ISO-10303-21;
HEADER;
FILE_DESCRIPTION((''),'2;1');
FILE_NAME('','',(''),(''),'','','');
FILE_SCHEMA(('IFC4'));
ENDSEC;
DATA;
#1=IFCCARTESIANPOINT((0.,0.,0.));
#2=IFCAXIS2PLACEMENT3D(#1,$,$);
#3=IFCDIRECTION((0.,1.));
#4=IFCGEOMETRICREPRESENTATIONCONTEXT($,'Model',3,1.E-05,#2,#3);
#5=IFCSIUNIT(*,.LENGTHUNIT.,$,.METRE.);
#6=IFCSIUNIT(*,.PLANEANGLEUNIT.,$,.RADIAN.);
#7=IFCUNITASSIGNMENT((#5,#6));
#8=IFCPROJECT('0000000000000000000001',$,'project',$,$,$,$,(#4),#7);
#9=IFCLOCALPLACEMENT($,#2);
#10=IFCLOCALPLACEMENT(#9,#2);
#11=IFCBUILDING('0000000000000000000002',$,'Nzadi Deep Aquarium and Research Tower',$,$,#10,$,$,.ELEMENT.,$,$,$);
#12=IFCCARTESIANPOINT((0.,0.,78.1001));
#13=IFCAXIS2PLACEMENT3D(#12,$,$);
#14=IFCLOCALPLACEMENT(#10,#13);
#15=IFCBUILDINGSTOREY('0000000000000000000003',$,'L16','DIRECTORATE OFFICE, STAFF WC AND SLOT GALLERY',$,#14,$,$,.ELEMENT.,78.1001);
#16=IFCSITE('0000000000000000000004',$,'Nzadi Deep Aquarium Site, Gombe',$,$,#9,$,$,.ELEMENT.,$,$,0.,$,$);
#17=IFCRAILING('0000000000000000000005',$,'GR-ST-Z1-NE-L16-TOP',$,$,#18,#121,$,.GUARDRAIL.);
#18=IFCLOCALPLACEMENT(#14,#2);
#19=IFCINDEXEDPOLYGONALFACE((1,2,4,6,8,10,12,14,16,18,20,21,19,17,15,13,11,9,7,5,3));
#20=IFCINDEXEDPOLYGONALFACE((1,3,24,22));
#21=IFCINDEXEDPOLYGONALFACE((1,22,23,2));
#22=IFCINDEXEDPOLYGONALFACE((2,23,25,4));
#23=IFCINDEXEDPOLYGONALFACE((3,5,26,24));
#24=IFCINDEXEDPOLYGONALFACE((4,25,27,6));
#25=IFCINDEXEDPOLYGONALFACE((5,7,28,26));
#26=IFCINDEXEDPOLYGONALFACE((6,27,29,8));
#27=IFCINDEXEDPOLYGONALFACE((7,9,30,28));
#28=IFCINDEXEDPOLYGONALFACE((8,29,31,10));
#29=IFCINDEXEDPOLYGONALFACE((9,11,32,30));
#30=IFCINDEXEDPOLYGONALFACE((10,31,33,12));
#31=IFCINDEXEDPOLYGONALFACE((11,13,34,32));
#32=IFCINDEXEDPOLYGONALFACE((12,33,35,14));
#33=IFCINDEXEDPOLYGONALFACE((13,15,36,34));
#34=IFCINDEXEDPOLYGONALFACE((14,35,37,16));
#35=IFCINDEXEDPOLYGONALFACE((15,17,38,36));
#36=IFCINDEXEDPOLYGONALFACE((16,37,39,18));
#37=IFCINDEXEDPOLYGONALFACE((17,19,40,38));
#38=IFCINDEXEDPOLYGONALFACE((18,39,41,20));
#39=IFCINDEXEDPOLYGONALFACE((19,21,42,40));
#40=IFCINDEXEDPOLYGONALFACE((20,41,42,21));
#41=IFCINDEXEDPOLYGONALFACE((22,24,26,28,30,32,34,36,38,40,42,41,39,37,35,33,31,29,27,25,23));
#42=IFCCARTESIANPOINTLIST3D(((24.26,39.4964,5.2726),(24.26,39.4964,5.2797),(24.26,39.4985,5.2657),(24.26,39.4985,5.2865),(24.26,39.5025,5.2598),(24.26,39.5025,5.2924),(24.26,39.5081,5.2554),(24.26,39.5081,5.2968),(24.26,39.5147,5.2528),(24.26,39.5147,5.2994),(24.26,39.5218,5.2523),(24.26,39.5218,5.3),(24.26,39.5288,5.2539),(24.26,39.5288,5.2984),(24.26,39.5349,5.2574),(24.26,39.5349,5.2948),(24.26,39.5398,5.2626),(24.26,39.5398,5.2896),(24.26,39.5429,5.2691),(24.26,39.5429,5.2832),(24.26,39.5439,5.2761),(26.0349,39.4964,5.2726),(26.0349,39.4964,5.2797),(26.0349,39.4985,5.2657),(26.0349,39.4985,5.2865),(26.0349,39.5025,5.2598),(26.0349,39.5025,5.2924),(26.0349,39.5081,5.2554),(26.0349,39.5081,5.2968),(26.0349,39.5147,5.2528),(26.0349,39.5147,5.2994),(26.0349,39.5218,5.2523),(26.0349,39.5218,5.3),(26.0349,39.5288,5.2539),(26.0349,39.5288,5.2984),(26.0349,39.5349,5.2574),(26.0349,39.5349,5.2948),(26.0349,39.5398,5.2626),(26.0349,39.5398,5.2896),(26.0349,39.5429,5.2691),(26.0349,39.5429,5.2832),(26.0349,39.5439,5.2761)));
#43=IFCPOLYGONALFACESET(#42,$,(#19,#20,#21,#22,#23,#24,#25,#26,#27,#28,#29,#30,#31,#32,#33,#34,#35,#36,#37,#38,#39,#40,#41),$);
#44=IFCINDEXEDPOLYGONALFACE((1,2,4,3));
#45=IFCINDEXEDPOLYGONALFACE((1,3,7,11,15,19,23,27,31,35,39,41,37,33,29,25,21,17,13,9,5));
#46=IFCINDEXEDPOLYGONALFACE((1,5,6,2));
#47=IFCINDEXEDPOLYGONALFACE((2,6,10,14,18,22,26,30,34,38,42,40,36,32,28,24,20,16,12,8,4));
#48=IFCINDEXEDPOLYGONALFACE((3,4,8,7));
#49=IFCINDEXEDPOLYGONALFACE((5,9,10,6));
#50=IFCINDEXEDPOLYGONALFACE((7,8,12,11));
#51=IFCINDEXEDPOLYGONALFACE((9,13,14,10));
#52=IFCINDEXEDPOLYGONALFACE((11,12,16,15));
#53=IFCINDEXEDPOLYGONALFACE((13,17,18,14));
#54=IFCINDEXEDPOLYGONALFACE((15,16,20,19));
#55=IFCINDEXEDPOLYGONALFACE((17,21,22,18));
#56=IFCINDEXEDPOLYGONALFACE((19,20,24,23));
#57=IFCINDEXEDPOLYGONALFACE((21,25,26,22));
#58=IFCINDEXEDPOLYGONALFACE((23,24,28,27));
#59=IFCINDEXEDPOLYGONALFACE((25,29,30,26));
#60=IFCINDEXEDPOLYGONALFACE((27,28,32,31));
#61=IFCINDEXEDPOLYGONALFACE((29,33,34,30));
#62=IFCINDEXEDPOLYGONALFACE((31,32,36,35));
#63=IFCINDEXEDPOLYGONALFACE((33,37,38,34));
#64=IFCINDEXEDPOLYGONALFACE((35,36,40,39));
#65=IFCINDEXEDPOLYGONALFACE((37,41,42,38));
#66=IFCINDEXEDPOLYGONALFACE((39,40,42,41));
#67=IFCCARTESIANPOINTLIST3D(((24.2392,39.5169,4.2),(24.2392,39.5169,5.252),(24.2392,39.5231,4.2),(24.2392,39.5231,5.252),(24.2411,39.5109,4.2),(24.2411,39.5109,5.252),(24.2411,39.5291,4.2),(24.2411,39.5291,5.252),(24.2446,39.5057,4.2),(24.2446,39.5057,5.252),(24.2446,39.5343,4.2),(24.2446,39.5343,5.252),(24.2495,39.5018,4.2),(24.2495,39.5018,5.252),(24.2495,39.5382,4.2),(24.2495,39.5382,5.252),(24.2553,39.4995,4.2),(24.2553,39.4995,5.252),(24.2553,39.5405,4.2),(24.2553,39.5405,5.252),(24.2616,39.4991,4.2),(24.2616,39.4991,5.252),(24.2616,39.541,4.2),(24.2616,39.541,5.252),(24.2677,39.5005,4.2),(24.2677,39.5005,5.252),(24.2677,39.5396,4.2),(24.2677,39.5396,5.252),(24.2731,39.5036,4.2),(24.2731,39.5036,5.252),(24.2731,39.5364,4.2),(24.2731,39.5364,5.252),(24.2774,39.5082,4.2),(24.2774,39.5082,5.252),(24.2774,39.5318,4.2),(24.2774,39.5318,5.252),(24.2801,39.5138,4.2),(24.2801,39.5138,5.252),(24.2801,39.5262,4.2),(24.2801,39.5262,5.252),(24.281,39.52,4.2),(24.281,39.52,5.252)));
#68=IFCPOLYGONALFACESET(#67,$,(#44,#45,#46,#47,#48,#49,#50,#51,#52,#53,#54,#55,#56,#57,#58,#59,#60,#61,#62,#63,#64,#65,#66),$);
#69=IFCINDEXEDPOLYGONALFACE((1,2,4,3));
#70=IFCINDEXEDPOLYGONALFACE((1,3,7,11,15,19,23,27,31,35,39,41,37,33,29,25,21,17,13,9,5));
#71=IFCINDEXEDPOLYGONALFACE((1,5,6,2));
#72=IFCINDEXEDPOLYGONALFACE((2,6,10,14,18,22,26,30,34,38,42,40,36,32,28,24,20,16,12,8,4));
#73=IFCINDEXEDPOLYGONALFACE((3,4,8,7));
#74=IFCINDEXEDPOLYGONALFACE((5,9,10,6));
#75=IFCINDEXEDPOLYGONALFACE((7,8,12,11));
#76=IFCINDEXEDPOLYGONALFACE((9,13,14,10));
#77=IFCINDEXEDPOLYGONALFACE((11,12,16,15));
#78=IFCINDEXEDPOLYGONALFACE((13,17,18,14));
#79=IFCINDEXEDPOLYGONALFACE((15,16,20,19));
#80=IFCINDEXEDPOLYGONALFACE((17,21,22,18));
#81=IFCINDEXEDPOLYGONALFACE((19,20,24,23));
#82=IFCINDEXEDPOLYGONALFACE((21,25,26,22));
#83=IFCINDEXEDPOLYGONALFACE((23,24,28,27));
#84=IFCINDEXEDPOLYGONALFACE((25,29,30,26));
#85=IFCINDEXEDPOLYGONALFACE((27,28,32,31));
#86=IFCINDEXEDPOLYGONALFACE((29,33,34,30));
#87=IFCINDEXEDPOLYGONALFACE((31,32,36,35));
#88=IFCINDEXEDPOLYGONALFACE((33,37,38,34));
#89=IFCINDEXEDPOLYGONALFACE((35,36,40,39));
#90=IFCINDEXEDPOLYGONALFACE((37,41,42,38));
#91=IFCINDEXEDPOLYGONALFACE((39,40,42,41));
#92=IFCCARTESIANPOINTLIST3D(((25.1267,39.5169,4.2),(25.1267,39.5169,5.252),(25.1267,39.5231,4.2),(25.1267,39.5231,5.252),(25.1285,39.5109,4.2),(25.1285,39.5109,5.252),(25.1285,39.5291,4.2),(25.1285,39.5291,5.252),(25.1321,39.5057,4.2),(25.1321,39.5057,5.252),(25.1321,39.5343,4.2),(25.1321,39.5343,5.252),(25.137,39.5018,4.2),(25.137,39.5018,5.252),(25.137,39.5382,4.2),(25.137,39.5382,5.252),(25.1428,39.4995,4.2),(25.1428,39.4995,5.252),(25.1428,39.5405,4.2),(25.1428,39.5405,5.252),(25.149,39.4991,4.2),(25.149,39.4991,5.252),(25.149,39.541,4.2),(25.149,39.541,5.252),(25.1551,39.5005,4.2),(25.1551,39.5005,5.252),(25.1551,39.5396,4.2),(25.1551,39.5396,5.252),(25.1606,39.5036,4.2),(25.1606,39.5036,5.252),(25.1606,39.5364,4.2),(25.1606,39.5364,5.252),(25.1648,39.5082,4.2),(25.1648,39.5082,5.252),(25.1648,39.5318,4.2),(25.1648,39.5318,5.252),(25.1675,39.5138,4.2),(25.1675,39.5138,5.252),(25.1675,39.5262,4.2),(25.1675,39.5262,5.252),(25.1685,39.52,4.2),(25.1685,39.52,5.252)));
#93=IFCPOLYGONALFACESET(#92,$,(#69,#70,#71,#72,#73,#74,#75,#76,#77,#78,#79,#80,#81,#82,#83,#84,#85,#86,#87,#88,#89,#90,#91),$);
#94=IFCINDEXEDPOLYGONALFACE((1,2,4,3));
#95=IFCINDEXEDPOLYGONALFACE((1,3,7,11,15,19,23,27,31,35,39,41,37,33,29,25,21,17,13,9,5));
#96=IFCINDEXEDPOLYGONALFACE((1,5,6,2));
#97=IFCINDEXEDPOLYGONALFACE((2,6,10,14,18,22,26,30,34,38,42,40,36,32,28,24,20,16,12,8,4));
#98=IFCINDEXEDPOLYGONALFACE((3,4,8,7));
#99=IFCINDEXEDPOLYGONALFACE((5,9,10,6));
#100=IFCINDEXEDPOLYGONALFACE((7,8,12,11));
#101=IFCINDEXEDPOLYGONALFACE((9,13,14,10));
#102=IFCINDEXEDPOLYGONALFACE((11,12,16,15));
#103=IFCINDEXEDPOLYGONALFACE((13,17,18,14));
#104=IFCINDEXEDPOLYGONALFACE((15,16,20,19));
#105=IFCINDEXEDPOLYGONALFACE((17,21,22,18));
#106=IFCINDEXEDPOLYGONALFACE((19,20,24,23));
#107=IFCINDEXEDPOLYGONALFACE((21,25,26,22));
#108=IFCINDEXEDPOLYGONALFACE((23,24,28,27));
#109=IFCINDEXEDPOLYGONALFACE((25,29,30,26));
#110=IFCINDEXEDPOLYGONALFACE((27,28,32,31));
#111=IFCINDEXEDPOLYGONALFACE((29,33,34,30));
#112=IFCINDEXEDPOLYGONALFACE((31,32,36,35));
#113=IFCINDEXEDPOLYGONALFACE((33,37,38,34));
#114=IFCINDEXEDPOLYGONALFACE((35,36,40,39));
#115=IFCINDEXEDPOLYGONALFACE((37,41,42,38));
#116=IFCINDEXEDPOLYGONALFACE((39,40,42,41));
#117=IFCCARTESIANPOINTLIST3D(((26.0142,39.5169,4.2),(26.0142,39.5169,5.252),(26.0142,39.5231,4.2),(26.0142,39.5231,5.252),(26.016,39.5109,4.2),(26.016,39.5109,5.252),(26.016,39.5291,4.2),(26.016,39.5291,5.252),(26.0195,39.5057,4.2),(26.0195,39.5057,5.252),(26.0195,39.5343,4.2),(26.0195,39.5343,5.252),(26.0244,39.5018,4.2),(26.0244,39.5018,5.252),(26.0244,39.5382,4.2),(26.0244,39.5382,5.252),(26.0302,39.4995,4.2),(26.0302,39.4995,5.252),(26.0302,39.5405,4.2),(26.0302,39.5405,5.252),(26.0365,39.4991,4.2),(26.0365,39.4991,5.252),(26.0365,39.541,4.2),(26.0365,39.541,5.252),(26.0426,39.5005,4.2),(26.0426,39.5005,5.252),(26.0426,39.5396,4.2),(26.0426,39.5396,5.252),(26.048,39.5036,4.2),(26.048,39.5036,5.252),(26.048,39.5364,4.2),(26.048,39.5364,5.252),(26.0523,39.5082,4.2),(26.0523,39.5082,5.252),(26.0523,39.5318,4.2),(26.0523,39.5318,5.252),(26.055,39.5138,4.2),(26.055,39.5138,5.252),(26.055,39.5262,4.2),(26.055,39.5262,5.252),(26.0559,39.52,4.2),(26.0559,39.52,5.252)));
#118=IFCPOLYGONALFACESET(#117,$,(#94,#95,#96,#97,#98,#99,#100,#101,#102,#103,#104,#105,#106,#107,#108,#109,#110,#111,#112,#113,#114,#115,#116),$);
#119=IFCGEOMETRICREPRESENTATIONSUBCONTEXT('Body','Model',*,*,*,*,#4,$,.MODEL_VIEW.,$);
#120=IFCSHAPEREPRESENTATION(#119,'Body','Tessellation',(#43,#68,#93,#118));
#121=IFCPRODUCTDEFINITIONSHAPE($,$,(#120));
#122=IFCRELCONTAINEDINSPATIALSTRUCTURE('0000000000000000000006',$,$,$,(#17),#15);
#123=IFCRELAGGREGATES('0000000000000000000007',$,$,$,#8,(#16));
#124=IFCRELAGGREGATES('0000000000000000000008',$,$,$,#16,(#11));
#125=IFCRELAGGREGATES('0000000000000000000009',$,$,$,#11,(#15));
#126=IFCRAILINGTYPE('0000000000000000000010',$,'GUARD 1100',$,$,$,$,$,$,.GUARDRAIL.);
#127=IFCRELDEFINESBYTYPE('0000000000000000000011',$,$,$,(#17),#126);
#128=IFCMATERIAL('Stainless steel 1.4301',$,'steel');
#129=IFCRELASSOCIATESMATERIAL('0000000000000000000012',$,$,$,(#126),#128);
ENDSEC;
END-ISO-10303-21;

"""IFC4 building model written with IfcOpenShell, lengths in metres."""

from ifc_helpers import new_model, si_unit, direction, frame, origin, origin_2d, place, context, subcontext, project, spatial, circle, extrude, material, type_object, element, save


model = new_model("IFC4")

# Units and contexts
model_context = context("Model", 3, precision=1e-05, world=origin(), true_north=direction((0.0, 1.0)))
body_context = subcontext(model_context, "Body", "Model", "MODEL_VIEW")
ifc_project = project(units=[si_unit("LENGTHUNIT", "METRE"), si_unit("PLANEANGLEUNIT", "RADIAN")], contexts=[model_context])

# Site, building, storey
site_placement = place(None, origin())
site = spatial("IfcSite", under=ifc_project, at=site_placement, Name="Nzadi Deep Aquarium Site, Gombe", CompositionType="ELEMENT", RefElevation=0.0)
building_placement = place(site_placement, origin())
building = spatial("IfcBuilding", under=site, at=building_placement, Name="Nzadi Deep Aquarium and Research Tower", CompositionType="ELEMENT")
storey_placement = place(building_placement, frame((0.0, 0.0, 78.1001)))
storey = spatial("IfcBuildingStorey", under=building, at=storey_placement, Name="L16", Description="DIRECTORATE OFFICE, STAFF WC AND SLOT GALLERY", CompositionType="ELEMENT", Elevation=78.1001)

# Railing
ifc_material_1 = material(Name="Stainless steel 1.4301", Category="steel")
railing_type_1 = type_object("IfcRailingType", Name="GUARD 1100", PredefinedType="GUARDRAIL", material=ifc_material_1)
railing_placement = place(storey_placement, frame((24.26, 39.52, 4.2)))
element("IfcRailing", 1, at=railing_placement, inside=storey, type_object=railing_type_1, Name="GR-ST-Z1-NE-L16-TOP", PredefinedType="GUARDRAIL", context=body_context, shape_type="SweptSolid", body=[
    extrude(circle(Radius=0.0239, at=origin_2d()), frame((0.0, 0.0, 1.0762), z_axis=(1.0, 0.0, 0.0), x_axis=(0.0, 1.0, 0.0)), (0.0, 0.0, 1.0), 1.7749),
    extrude(circle(Radius=0.021, at=origin_2d()), origin(), (0.0, 0.0, 1.0), 1.052),
    extrude(circle(Radius=0.021, at=origin_2d()), frame((0.8875, 0.0, 0.0)), (0.0, 0.0, 1.0), 1.052),
    extrude(circle(Radius=0.021, at=origin_2d()), frame((1.7749, 0.0, 0.0)), (0.0, 0.0, 1.0), 1.052),
])

save(model, "model.ifc")
